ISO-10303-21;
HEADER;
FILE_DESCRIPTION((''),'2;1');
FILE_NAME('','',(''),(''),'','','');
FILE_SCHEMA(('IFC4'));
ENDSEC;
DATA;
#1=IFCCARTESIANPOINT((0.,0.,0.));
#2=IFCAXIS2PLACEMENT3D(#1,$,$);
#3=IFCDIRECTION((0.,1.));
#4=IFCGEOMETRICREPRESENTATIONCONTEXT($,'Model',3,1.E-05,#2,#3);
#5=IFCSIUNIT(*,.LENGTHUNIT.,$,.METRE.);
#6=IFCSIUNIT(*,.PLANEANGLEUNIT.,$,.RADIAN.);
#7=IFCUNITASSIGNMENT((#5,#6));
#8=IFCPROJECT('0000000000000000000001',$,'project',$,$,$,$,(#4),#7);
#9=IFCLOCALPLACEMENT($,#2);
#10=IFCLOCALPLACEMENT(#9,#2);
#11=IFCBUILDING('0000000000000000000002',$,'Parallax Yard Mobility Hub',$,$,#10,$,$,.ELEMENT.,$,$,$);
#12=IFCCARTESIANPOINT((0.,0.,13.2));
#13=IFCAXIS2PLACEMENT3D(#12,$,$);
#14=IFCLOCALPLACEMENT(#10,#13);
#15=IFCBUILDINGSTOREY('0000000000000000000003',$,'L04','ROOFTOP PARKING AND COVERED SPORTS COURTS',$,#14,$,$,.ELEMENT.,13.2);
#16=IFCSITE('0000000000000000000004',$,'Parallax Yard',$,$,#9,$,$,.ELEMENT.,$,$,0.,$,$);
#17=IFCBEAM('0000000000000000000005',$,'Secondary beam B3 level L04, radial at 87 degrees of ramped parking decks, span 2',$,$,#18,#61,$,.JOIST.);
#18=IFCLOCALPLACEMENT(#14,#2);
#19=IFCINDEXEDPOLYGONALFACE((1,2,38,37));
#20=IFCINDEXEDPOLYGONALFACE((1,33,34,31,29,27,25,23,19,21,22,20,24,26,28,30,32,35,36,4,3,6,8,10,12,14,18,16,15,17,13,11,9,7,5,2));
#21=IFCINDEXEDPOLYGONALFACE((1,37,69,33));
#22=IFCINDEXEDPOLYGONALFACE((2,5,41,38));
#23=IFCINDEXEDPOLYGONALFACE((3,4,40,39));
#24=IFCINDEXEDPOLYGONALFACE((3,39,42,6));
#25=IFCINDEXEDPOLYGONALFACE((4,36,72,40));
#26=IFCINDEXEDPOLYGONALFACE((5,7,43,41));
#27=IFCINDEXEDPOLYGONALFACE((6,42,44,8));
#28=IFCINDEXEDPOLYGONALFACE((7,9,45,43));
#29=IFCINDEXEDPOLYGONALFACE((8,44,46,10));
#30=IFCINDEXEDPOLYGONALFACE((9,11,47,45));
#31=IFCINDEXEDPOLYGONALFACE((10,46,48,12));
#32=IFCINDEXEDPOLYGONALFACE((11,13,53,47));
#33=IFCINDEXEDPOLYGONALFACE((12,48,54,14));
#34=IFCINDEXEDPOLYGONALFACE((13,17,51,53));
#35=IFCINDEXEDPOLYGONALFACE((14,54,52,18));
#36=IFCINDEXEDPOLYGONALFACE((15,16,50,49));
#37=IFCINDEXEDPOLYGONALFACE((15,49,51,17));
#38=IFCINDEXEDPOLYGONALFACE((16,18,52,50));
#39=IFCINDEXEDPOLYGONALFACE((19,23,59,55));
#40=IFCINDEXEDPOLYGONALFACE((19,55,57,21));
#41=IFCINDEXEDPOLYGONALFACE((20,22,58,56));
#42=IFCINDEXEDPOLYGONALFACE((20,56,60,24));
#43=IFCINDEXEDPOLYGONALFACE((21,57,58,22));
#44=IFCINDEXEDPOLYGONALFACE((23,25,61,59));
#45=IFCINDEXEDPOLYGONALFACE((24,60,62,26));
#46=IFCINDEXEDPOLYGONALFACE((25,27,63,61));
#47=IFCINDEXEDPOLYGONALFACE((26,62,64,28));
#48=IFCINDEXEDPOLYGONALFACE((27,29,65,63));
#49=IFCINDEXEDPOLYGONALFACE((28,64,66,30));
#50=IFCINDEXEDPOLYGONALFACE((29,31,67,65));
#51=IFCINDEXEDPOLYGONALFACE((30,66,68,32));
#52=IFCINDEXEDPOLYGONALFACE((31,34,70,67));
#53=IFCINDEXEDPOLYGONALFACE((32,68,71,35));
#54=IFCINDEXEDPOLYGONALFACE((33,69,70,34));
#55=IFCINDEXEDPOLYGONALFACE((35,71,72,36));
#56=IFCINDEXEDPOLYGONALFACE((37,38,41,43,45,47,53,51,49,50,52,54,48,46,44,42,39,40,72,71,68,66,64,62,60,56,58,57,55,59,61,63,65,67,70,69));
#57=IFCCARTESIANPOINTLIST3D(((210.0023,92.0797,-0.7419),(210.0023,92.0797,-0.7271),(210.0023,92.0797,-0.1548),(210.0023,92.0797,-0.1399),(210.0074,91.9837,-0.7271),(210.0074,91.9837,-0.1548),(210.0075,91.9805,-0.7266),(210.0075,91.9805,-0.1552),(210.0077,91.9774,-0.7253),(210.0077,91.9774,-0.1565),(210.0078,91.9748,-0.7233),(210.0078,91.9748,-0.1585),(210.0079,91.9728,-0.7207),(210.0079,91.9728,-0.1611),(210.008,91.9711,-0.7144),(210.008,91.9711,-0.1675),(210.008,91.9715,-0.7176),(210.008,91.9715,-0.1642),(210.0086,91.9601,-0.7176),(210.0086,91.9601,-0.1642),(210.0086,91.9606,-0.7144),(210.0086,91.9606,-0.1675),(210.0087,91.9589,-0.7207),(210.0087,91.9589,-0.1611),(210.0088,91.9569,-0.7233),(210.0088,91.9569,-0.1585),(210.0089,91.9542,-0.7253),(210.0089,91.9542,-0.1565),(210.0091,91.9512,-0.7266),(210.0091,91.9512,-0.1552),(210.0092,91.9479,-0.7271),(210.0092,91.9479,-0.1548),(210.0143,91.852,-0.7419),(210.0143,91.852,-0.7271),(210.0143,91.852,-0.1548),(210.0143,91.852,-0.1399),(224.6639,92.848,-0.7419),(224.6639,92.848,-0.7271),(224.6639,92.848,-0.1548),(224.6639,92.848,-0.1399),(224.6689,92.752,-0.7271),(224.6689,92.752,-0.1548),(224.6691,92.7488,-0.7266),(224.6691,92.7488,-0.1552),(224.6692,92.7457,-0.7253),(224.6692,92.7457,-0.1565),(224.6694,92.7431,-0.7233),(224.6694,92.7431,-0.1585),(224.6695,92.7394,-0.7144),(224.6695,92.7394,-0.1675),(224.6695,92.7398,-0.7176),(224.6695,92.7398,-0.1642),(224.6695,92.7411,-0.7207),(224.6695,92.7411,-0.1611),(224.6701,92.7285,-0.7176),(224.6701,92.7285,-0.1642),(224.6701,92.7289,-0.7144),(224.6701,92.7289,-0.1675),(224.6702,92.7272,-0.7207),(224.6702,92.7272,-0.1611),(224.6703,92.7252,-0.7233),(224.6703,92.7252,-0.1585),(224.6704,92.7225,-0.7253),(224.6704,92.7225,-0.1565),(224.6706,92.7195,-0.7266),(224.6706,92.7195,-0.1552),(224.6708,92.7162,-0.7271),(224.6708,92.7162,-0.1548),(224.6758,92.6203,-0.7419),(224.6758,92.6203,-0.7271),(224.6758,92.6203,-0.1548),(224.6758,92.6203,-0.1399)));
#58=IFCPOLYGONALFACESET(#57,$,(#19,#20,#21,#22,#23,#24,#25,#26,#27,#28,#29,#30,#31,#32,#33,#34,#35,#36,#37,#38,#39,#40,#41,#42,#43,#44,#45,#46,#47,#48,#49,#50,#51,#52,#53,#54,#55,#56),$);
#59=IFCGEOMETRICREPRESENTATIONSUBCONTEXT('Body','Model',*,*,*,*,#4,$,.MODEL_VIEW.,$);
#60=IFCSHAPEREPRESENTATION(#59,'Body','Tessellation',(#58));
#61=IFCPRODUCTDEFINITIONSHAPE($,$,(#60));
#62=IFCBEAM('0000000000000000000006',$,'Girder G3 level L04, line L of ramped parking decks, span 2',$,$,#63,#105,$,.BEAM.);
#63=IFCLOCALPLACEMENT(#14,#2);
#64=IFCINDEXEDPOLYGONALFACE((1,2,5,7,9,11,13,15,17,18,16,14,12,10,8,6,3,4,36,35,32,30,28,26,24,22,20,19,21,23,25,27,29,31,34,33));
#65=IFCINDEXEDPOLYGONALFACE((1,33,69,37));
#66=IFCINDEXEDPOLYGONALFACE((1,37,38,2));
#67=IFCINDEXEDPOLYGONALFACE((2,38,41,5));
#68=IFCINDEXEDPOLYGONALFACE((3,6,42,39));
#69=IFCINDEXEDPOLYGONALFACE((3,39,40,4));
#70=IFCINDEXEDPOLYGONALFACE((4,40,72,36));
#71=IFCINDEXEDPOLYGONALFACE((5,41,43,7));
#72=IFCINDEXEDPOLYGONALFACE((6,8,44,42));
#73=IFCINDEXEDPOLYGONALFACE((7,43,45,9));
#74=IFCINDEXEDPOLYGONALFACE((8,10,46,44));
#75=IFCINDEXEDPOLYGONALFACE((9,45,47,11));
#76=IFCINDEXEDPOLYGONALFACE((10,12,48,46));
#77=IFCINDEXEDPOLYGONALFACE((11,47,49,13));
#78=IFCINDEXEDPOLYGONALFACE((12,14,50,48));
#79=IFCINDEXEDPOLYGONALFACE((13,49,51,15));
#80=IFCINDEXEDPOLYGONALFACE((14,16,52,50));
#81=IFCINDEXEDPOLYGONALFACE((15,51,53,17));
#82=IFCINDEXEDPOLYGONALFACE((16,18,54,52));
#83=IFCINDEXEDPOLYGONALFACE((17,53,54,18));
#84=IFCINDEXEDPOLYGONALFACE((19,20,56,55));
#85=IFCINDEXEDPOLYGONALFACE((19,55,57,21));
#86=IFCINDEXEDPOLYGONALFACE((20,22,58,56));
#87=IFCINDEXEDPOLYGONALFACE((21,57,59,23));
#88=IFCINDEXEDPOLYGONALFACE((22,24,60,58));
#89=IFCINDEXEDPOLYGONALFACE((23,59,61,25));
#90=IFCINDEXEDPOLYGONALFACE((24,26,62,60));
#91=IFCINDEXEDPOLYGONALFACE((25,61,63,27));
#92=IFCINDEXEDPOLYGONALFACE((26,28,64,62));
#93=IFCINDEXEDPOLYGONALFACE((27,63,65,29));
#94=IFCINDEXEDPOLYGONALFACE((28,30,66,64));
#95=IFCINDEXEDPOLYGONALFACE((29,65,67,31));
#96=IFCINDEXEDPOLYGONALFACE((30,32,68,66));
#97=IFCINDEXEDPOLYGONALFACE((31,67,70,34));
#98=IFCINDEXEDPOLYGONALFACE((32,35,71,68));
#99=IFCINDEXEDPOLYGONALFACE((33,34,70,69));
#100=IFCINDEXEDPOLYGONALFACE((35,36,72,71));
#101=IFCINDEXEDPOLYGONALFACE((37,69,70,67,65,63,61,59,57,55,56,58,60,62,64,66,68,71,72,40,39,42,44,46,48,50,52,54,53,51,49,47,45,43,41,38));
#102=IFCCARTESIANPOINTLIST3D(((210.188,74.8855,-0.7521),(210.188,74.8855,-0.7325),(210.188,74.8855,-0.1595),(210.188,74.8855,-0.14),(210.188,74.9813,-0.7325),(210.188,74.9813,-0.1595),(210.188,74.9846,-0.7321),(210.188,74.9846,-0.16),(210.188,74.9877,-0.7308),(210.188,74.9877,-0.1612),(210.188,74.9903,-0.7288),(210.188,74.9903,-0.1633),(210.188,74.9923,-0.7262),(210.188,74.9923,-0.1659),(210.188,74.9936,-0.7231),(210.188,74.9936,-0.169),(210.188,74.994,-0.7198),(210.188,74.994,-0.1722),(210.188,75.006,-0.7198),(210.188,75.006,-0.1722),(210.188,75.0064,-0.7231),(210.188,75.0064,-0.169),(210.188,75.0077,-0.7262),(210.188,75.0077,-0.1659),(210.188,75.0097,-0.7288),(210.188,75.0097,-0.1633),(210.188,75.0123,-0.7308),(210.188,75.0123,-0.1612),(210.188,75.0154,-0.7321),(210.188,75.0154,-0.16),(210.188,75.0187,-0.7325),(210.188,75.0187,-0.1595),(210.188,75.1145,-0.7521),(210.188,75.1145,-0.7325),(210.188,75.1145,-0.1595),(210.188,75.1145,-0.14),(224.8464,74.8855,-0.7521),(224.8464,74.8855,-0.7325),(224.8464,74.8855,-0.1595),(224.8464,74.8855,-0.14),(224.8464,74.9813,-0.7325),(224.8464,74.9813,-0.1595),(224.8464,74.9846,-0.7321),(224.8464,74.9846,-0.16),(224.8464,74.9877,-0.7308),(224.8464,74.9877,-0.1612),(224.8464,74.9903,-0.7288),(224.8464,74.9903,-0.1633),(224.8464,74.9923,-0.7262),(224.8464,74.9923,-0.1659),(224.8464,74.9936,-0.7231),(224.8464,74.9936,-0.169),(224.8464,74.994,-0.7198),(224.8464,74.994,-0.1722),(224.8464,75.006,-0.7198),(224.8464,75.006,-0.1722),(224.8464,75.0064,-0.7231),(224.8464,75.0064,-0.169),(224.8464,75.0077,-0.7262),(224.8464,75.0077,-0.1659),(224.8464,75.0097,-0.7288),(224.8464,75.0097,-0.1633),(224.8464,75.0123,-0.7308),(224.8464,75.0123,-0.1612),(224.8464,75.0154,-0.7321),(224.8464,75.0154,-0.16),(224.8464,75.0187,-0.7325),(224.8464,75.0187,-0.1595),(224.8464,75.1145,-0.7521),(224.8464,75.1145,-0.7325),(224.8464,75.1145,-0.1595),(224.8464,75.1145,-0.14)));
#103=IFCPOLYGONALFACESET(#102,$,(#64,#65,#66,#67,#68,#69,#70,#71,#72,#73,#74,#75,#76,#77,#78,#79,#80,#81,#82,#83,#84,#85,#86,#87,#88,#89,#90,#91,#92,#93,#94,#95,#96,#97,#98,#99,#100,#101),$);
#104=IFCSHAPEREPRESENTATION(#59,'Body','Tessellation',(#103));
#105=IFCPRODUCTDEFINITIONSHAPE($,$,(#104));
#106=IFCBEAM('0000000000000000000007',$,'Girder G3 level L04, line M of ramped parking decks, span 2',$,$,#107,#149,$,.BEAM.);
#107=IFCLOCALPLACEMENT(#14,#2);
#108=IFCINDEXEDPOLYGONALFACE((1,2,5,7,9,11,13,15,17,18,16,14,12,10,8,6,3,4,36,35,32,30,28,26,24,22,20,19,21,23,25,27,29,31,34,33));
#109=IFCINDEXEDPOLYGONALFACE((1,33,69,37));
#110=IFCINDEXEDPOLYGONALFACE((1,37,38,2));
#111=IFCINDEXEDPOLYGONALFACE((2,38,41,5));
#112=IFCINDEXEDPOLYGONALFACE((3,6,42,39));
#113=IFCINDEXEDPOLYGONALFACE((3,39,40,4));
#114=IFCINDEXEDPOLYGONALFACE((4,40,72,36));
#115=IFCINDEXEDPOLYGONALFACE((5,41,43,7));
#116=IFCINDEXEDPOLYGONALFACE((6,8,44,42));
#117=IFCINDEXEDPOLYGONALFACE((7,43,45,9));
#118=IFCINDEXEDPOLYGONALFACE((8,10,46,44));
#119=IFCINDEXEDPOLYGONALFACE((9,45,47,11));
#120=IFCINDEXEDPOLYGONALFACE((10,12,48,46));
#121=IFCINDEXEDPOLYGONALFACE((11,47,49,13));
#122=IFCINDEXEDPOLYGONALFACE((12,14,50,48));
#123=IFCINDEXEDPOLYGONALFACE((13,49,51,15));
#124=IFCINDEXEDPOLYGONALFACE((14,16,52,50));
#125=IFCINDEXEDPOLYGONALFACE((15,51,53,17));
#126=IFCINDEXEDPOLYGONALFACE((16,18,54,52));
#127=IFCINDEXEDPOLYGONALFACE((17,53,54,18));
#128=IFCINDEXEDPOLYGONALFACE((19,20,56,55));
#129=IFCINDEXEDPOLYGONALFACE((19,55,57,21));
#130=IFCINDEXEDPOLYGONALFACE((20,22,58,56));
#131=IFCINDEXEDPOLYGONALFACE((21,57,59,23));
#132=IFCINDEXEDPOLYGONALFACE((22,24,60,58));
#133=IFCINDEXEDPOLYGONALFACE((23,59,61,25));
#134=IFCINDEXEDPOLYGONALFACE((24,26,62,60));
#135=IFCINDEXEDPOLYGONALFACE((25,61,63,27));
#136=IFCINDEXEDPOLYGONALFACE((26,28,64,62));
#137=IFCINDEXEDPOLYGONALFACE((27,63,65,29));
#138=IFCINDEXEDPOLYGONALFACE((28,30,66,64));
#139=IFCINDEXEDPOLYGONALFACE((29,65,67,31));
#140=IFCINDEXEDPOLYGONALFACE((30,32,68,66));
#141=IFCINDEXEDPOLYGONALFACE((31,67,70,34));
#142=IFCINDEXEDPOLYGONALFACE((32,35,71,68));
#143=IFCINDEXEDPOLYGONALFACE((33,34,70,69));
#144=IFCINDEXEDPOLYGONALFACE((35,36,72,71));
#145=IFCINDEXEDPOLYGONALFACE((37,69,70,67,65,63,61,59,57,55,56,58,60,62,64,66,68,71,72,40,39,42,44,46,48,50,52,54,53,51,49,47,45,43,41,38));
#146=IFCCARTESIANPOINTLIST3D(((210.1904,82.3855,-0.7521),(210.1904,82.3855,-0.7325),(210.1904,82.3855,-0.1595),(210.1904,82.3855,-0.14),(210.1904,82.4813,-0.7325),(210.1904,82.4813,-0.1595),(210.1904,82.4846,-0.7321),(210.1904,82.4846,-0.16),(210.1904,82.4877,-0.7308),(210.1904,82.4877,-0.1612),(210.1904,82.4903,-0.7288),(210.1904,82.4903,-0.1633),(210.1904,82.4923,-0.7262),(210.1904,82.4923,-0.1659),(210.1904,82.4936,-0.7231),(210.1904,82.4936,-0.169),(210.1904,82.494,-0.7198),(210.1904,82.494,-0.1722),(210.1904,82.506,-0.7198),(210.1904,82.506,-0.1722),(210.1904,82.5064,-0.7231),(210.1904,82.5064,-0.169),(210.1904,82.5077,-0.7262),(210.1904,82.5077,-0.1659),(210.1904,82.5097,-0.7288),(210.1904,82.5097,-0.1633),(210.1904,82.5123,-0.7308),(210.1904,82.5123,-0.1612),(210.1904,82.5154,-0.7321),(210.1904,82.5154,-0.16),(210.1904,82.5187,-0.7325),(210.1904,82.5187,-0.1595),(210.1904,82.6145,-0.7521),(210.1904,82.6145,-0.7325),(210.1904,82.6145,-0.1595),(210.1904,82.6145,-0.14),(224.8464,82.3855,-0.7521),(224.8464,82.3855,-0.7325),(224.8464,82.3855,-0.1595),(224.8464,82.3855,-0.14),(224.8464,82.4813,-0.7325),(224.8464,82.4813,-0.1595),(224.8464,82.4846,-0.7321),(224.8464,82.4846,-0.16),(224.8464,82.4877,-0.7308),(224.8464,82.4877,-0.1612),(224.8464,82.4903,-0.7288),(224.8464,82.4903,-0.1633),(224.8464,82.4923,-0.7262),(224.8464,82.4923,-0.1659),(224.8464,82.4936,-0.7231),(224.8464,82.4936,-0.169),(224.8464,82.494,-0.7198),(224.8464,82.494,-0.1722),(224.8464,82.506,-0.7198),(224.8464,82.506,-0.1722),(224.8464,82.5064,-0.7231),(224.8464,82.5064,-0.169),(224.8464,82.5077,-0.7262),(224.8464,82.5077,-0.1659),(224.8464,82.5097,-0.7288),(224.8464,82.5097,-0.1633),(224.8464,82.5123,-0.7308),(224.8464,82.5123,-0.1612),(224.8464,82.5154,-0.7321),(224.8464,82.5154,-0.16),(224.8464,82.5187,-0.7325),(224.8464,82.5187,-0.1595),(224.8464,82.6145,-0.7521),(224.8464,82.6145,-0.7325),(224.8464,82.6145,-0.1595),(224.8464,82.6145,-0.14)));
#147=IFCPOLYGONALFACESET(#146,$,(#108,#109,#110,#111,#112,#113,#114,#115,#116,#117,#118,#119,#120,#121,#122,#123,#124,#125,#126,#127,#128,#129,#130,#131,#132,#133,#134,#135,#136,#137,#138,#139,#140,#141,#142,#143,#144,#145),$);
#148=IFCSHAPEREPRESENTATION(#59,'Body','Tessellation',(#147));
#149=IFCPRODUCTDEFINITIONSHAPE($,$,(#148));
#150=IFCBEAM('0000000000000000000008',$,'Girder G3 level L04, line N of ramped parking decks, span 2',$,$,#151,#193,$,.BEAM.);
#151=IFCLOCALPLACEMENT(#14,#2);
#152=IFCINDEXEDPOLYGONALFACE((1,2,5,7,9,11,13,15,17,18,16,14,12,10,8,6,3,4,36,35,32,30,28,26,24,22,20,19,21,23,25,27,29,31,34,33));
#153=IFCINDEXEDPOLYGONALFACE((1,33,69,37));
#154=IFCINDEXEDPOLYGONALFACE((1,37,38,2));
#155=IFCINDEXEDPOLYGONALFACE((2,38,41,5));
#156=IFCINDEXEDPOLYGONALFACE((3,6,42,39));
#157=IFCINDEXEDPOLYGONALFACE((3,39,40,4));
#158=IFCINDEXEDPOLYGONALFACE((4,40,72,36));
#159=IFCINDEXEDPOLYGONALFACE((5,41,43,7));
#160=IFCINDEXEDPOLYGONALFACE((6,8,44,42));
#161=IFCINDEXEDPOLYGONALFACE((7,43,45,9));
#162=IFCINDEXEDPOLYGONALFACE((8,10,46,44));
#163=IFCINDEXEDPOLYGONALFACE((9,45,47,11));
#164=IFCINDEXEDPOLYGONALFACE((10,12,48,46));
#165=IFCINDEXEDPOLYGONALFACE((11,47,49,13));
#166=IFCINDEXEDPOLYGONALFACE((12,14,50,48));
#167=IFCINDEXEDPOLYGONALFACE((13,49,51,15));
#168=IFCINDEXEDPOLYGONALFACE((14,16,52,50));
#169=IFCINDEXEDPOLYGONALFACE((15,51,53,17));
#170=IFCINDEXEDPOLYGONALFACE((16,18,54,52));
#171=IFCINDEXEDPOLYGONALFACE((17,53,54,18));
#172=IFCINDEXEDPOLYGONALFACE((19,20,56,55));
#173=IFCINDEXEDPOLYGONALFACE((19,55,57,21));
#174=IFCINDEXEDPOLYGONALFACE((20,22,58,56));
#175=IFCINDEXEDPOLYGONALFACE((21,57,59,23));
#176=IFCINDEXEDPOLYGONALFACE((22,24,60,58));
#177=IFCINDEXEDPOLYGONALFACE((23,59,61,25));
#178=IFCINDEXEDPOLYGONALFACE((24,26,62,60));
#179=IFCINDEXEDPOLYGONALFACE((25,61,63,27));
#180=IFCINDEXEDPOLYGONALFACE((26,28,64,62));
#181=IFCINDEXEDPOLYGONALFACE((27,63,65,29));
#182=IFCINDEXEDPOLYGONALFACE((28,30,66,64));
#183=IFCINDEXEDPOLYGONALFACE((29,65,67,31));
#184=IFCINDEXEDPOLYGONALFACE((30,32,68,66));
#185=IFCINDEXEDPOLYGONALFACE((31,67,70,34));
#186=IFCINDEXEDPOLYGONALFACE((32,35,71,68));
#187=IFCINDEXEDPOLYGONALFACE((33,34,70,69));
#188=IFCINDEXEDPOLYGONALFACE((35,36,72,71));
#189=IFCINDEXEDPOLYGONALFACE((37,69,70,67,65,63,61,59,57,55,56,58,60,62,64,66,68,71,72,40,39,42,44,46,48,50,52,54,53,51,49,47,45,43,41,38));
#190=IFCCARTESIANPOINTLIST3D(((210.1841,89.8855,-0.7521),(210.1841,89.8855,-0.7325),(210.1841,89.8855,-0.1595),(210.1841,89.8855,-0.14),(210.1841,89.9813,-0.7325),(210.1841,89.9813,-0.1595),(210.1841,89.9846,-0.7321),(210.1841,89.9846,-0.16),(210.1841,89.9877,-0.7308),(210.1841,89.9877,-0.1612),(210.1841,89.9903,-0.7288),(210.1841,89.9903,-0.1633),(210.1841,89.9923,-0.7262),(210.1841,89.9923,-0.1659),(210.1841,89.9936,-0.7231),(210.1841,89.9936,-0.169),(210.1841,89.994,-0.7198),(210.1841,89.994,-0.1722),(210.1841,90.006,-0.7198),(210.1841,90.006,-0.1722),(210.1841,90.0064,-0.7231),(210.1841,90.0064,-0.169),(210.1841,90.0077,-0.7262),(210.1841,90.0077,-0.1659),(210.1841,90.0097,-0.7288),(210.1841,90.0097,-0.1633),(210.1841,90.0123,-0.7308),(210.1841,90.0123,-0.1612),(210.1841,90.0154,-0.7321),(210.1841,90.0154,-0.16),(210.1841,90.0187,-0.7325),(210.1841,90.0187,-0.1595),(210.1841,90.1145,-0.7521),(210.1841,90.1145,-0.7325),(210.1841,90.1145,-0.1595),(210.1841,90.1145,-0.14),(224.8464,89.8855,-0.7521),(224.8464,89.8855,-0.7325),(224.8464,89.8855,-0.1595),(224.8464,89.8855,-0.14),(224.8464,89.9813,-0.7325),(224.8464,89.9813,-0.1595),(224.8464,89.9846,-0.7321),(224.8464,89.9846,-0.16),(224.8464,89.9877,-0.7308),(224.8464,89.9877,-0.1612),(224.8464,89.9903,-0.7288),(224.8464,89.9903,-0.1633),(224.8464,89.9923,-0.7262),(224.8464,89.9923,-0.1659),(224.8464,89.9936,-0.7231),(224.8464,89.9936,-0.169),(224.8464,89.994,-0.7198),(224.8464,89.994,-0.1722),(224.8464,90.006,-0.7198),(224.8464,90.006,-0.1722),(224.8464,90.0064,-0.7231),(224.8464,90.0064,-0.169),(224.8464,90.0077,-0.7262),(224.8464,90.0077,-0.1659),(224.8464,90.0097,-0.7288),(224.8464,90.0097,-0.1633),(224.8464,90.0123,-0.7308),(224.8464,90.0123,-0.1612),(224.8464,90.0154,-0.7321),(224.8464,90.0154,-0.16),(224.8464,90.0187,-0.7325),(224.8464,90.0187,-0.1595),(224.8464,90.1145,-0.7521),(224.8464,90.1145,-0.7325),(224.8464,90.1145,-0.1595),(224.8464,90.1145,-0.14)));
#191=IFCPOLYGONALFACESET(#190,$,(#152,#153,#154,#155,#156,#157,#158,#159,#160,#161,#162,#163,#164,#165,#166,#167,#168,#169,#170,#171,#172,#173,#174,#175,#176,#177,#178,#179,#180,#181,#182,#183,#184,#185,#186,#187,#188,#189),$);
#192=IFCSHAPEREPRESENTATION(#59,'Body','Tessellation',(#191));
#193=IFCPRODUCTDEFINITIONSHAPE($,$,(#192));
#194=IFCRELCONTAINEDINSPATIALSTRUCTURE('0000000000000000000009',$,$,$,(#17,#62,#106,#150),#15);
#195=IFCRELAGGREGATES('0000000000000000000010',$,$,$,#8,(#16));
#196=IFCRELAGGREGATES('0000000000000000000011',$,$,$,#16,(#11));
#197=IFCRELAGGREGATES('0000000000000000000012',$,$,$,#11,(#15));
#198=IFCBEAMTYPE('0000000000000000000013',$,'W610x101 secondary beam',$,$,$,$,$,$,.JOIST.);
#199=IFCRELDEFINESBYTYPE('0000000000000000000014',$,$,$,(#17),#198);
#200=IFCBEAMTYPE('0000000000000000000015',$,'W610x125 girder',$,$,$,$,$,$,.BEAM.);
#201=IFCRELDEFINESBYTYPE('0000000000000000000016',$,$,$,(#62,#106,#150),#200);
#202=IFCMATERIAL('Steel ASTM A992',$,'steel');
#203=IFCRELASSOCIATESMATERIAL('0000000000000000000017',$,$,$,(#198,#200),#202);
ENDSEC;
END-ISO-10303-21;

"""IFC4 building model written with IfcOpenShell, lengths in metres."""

from ifc_helpers import new_model, si_unit, direction, frame, origin, origin_2d, place, context, subcontext, project, spatial, i_section, extrude, material, material_profile, profile_set, type_object, element, save


model = new_model("IFC4")

# Units and contexts
model_context = context("Model", 3, precision=1e-05, world=origin(), true_north=direction((0.0, 1.0)))
body_context = subcontext(model_context, "Body", "Model", "MODEL_VIEW")
ifc_project = project(units=[si_unit("LENGTHUNIT", "METRE"), si_unit("PLANEANGLEUNIT", "RADIAN")], contexts=[model_context])

# Site, building, storey
site_placement = place(None, origin())
site = spatial("IfcSite", under=ifc_project, at=site_placement, Name="Parallax Yard", CompositionType="ELEMENT", RefElevation=0.0)
building_placement = place(site_placement, origin())
building = spatial("IfcBuilding", under=site, at=building_placement, Name="Parallax Yard Mobility Hub", CompositionType="ELEMENT")
storey_placement = place(building_placement, frame((0.0, 0.0, 13.2)))
storey = spatial("IfcBuildingStorey", under=building, at=storey_placement, Name="L04", Description="ROOFTOP PARKING AND COVERED SPORTS COURTS", CompositionType="ELEMENT", Elevation=13.2)

# Shared definitions
ifc_material_1 = material(Name="Steel ASTM A992", Category="steel")

# Beams
ifc_material_profile_1 = material_profile(ifc_material_1, i_section(OverallWidth=0.228, OverallDepth=0.6021, WebThickness=0.0105, FlangeThickness=0.0149, FilletRadius=0.0127, at=origin_2d()), Name="W610x101")
ifc_profile_set_1 = profile_set([ifc_material_profile_1], Name="Steel ASTM A992")
beam_type_1 = type_object("IfcBeamType", Name="W610x101 secondary beam", PredefinedType="JOIST", material=ifc_profile_set_1)
beam_1_placement = place(storey_placement, frame((210.0083, 91.9658, -0.4409), z_axis=(0.99863, 0.052331, 0.0), x_axis=(-0.052331, 0.99863, 0.0)))
element("IfcBeam", 1, at=beam_1_placement, inside=storey, type_object=beam_type_1, Name="Secondary beam B3 level L04, radial at 87 degrees of ramped parking decks, span 2", PredefinedType="JOIST", context=body_context, shape_type="SweptSolid", body=[
    extrude(i_section(OverallWidth=0.228, OverallDepth=0.6021, WebThickness=0.0105, FlangeThickness=0.0149, FilletRadius=0.0127, at=origin_2d()), origin(), (0.0, 0.0, 1.0), 14.6816),
])
ifc_material_profile_2 = material_profile(ifc_material_1, i_section(OverallWidth=0.229, OverallDepth=0.6121, WebThickness=0.012, FlangeThickness=0.0195, FilletRadius=0.0127, at=origin_2d()), Name="W610x125")
ifc_profile_set_2 = profile_set([ifc_material_profile_2], Name="Steel ASTM A992")
beam_type_2 = type_object("IfcBeamType", Name="W610x125 girder", PredefinedType="BEAM", material=ifc_profile_set_2)
beam_2_placement = place(storey_placement, frame((210.188, 75.0, -0.446), z_axis=(1.0, 0.0, 0.0), x_axis=(0.0, 1.0, 0.0)))
element("IfcBeam", 2, at=beam_2_placement, inside=storey, type_object=beam_type_2, Name="Girder G3 level L04, line L of ramped parking decks, span 2", PredefinedType="BEAM", context=body_context, shape_type="SweptSolid", body=[
    extrude(i_section(OverallWidth=0.229, OverallDepth=0.6121, WebThickness=0.012, FlangeThickness=0.0195, FilletRadius=0.0127, at=origin_2d()), origin(), (0.0, 0.0, 1.0), 14.6584),
])
beam_3_placement = place(storey_placement, frame((210.1904, 82.5, -0.446), z_axis=(1.0, 0.0, 0.0), x_axis=(0.0, 1.0, 0.0)))
element("IfcBeam", 3, at=beam_3_placement, inside=storey, type_object=beam_type_2, Name="Girder G3 level L04, line M of ramped parking decks, span 2", PredefinedType="BEAM", context=body_context, shape_type="SweptSolid", body=[
    extrude(i_section(OverallWidth=0.229, OverallDepth=0.6121, WebThickness=0.012, FlangeThickness=0.0195, FilletRadius=0.0127, at=origin_2d()), origin(), (0.0, 0.0, 1.0), 14.656),
])
beam_4_placement = place(storey_placement, frame((210.1841, 90.0, -0.446), z_axis=(1.0, 0.0, 0.0), x_axis=(0.0, 1.0, 0.0)))
element("IfcBeam", 4, at=beam_4_placement, inside=storey, type_object=beam_type_2, Name="Girder G3 level L04, line N of ramped parking decks, span 2", PredefinedType="BEAM", context=body_context, shape_type="SweptSolid", body=[
    extrude(i_section(OverallWidth=0.229, OverallDepth=0.6121, WebThickness=0.012, FlangeThickness=0.0195, FilletRadius=0.0127, at=origin_2d()), origin(), (0.0, 0.0, 1.0), 14.6624),
])

save(model, "model.ifc")
